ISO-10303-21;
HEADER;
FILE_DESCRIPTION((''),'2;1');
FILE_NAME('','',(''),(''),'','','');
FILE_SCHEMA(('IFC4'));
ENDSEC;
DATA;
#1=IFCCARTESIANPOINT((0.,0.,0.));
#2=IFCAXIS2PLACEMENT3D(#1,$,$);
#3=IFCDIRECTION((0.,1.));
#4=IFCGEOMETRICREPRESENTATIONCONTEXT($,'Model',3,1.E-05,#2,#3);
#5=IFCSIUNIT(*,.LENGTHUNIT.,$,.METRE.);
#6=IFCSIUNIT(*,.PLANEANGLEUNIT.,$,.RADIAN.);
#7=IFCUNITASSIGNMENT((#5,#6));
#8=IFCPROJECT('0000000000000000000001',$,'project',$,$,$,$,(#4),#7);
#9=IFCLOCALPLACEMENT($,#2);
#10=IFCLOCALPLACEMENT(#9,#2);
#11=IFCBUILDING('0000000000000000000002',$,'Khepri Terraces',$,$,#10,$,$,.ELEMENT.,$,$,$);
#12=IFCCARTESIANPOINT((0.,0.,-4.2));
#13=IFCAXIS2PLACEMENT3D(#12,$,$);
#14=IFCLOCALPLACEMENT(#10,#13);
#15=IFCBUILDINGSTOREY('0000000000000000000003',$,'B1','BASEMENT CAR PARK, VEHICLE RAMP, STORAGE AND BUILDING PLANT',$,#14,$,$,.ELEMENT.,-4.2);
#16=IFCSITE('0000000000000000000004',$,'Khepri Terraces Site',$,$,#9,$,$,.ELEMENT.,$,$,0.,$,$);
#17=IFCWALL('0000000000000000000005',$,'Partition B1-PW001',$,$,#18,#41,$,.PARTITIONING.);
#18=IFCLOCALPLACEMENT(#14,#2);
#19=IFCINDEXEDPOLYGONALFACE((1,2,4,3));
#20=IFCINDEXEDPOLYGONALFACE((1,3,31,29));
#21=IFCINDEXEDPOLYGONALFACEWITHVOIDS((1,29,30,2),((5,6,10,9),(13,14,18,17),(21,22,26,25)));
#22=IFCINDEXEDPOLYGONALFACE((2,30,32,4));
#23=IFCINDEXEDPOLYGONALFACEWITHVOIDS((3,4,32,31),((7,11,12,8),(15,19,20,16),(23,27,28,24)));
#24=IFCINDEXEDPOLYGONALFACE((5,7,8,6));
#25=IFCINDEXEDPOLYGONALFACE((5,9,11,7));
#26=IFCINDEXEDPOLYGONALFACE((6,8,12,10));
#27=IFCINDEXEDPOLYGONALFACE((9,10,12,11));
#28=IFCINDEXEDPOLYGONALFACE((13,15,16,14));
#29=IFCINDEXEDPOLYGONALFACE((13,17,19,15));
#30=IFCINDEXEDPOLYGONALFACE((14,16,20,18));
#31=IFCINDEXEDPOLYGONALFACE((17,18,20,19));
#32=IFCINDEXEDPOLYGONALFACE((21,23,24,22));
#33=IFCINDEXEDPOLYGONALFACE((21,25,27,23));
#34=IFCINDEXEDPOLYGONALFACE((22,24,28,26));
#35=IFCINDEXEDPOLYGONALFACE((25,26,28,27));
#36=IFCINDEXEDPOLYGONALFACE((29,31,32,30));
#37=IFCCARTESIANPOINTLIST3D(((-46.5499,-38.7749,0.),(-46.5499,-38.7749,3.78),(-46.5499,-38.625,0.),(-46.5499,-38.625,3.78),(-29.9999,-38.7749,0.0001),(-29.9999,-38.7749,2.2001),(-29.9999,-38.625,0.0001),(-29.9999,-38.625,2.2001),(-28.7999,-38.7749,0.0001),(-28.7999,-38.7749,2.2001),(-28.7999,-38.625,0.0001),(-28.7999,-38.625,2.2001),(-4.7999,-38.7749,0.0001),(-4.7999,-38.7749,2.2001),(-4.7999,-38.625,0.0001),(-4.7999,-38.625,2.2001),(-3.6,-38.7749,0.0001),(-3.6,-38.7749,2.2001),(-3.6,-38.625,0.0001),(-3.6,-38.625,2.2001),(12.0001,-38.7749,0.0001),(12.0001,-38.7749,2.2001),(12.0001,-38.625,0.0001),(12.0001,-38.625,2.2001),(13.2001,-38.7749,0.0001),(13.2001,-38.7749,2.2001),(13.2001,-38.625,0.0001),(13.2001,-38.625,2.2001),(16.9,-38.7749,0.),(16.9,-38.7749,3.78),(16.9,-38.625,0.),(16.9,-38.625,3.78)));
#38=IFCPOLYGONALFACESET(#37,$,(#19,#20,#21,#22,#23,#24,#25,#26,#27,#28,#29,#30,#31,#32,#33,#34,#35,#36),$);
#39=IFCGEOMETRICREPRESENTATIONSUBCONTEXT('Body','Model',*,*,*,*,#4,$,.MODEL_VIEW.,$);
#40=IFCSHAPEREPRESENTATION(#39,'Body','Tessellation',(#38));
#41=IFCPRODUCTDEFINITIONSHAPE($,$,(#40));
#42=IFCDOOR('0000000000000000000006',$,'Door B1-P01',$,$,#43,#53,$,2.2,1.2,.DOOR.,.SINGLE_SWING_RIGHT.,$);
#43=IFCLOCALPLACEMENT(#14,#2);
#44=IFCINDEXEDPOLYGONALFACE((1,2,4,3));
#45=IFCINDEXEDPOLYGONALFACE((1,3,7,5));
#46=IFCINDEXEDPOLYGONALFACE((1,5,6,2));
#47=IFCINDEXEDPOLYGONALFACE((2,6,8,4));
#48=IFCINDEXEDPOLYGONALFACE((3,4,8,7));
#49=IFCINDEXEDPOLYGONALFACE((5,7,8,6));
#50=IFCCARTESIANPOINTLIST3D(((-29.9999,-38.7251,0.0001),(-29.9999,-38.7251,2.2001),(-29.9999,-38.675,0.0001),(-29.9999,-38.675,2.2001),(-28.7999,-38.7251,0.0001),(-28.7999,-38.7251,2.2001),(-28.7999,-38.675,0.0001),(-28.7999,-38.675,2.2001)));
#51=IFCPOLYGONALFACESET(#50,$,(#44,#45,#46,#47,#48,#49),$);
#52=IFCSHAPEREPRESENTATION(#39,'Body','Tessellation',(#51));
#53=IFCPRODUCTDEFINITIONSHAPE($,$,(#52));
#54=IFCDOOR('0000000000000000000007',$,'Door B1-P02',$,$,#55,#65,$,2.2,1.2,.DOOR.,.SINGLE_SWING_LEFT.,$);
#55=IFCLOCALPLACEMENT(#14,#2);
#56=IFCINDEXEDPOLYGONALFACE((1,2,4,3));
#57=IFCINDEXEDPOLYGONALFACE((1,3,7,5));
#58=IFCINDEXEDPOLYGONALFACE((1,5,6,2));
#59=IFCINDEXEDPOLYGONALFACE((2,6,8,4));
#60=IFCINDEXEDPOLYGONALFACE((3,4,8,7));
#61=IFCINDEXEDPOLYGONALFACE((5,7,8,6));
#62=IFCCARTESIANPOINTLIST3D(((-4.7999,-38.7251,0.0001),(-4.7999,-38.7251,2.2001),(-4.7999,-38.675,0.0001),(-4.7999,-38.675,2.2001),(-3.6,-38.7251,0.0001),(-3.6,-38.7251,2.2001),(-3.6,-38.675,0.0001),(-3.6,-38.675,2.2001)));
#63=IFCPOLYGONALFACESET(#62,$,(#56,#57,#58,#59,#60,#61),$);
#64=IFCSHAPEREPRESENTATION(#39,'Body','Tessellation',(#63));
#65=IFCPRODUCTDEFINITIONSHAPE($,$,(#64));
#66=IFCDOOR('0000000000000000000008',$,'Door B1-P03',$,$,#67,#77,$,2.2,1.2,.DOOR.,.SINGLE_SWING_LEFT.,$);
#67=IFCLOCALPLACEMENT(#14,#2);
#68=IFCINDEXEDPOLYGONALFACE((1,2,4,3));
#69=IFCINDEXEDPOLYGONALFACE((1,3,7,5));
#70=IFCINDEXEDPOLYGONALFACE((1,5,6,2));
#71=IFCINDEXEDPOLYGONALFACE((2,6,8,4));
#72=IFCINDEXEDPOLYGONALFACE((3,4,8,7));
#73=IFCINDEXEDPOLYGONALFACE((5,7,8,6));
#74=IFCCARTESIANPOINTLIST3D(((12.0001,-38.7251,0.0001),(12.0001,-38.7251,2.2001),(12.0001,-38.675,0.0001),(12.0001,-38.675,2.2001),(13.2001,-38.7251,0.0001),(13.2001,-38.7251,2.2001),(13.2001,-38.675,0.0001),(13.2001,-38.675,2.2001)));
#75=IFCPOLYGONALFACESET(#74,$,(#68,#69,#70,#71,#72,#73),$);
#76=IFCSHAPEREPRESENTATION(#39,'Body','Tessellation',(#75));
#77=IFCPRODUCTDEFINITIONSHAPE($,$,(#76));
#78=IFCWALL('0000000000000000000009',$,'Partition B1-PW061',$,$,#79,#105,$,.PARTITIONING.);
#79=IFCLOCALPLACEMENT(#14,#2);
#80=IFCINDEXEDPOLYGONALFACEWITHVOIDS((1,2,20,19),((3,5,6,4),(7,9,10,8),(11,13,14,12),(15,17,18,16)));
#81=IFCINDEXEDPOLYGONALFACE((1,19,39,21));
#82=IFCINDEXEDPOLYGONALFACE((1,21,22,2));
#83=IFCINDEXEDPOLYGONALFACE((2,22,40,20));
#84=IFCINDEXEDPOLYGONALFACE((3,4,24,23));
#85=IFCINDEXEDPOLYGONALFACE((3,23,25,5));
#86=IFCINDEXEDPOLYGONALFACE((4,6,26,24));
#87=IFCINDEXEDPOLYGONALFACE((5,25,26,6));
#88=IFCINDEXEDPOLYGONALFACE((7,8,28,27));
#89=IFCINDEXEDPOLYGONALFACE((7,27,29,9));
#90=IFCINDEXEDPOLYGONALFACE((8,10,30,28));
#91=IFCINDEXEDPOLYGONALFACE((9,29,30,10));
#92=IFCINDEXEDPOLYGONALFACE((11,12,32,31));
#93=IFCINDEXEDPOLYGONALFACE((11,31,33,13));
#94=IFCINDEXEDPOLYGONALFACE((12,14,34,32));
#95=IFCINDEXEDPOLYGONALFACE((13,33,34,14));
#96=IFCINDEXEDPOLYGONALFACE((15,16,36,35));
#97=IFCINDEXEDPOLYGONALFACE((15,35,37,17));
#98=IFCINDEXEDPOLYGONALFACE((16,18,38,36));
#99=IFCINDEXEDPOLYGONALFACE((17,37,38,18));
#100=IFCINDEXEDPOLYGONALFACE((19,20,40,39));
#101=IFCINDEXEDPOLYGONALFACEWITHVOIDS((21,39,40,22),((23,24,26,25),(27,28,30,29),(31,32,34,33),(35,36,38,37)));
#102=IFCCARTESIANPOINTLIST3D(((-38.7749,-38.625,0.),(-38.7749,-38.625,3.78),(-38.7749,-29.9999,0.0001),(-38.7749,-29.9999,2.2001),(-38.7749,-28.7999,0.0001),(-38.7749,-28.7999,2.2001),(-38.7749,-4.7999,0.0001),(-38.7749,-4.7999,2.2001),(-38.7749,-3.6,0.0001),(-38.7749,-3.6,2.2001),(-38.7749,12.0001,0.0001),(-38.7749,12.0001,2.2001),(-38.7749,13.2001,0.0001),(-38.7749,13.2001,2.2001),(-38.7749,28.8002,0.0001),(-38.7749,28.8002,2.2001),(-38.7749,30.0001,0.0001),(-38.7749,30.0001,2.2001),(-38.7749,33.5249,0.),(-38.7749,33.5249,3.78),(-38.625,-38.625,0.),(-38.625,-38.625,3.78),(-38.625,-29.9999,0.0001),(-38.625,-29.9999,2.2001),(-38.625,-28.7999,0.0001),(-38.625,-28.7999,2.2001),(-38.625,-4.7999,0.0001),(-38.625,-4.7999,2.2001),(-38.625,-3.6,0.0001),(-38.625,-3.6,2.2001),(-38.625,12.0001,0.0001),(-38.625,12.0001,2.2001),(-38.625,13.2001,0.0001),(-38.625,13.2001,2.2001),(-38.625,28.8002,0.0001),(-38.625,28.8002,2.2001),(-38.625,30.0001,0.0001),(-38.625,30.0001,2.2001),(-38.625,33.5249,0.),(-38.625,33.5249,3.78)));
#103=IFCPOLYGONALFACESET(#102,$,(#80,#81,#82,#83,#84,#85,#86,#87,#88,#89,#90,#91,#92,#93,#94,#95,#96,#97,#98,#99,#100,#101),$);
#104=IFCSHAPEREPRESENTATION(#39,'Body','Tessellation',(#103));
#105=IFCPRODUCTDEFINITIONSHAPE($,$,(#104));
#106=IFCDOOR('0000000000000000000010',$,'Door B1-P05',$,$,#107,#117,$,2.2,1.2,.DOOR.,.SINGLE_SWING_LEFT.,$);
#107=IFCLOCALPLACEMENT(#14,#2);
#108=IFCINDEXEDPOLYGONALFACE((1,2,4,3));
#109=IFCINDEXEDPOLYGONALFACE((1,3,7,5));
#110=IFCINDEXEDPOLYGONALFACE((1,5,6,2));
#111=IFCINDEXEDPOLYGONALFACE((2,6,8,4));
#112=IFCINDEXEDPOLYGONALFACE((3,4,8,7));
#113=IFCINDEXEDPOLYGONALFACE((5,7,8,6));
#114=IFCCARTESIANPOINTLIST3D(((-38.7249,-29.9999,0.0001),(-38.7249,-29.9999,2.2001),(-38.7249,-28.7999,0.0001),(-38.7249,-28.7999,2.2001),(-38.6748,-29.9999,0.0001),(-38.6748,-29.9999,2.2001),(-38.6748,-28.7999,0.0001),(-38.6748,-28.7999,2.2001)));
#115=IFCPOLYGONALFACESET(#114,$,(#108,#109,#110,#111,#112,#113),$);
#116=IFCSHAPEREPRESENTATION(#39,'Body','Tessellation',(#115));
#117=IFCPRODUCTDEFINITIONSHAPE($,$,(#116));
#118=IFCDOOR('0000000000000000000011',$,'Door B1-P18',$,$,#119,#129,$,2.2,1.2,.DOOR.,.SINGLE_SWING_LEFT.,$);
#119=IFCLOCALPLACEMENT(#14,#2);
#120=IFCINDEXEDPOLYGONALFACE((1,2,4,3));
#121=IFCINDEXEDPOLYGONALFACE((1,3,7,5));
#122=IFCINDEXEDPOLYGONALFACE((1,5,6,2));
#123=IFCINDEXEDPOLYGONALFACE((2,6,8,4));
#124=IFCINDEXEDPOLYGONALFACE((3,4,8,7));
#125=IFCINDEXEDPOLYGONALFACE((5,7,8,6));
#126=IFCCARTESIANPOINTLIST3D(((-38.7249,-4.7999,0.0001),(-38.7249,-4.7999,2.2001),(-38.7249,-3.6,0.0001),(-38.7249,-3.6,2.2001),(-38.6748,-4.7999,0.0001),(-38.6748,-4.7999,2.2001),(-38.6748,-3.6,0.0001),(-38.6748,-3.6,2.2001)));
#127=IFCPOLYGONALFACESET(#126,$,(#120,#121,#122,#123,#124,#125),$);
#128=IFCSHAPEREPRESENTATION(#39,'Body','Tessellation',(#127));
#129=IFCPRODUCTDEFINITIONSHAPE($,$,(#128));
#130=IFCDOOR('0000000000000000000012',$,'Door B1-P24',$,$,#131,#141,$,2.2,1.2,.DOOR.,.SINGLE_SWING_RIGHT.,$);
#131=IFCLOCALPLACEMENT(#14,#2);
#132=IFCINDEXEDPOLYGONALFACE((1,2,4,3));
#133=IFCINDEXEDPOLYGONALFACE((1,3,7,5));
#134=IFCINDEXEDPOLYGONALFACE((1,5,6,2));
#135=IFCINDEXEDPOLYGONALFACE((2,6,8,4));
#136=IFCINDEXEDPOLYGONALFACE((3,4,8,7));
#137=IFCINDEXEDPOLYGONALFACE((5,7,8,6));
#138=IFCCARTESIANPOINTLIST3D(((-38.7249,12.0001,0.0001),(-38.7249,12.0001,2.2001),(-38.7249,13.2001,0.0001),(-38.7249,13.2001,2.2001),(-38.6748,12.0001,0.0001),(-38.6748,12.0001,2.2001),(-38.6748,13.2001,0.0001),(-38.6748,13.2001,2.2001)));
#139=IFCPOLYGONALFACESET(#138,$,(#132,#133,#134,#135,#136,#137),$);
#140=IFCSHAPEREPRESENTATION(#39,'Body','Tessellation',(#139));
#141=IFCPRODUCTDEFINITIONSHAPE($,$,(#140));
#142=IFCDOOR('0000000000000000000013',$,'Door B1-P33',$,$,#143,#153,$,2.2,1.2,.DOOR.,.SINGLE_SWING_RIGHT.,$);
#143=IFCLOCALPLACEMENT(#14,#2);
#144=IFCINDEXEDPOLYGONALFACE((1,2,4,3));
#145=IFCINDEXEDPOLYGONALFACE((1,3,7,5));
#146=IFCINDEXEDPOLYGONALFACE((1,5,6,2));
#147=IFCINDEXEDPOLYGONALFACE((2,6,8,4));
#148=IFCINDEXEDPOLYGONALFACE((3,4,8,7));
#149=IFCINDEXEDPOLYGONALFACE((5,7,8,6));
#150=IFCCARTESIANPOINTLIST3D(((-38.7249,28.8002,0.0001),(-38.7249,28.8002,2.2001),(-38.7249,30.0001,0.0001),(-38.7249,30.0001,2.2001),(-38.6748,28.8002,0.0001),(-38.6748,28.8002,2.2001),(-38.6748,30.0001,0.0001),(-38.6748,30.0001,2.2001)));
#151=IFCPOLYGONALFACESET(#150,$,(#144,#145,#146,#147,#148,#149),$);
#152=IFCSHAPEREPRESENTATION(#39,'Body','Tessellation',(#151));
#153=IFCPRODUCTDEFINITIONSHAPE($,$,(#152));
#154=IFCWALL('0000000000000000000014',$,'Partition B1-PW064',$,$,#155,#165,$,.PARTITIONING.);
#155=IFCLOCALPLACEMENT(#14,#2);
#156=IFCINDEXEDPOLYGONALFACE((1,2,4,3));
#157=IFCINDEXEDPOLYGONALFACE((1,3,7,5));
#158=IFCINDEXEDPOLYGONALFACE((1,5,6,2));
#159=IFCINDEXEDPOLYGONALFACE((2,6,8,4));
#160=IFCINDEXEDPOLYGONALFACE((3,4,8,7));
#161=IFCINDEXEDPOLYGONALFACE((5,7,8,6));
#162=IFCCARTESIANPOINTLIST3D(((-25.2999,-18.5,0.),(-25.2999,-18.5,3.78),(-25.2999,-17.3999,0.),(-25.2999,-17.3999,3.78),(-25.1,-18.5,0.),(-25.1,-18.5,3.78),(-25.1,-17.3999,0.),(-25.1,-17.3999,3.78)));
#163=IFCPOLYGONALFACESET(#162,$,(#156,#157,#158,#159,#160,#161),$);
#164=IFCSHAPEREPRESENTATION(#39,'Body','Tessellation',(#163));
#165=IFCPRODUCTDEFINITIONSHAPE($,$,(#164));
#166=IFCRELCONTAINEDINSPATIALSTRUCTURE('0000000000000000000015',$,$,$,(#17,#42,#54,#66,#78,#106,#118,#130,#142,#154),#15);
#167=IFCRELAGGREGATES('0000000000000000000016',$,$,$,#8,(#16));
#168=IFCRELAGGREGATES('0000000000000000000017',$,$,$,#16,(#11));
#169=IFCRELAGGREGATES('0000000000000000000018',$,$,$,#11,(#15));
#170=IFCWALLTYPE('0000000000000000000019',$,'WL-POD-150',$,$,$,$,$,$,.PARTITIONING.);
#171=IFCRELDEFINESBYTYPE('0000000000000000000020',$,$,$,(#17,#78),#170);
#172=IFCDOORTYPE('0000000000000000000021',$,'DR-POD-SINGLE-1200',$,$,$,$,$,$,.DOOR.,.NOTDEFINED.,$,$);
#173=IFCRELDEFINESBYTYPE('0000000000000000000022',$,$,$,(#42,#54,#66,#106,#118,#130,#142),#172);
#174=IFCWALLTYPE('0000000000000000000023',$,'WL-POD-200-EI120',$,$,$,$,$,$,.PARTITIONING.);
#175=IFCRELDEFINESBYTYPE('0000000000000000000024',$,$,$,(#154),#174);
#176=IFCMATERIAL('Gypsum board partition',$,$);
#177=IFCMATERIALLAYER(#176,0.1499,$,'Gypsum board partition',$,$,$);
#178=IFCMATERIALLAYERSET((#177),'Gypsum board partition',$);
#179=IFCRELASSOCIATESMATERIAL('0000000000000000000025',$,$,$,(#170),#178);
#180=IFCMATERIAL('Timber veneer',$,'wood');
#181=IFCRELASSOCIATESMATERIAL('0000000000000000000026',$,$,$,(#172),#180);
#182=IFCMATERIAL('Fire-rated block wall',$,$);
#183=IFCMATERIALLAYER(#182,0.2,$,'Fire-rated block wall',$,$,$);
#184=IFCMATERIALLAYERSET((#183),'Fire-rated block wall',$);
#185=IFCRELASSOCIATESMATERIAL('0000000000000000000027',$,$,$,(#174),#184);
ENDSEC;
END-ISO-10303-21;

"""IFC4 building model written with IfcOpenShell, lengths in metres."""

from ifc_helpers import new_model, si_unit, direction, frame, frame_2d, origin, place, context, subcontext, project, spatial, rectangle, extrude, material, layer, layer_set, type_object, element, fill, save


model = new_model("IFC4")

# Units and contexts
model_context = context("Model", 3, precision=1e-05, world=origin(), true_north=direction((0.0, 1.0)))
body_context = subcontext(model_context, "Body", "Model", "MODEL_VIEW")
ifc_project = project(units=[si_unit("LENGTHUNIT", "METRE"), si_unit("PLANEANGLEUNIT", "RADIAN")], contexts=[model_context])

# Site, building, storey
site_placement = place(None, origin())
site = spatial("IfcSite", under=ifc_project, at=site_placement, Name="Khepri Terraces Site", CompositionType="ELEMENT", RefElevation=0.0)
building_placement = place(site_placement, origin())
building = spatial("IfcBuilding", under=site, at=building_placement, Name="Khepri Terraces", CompositionType="ELEMENT")
storey_placement = place(building_placement, frame((0.0, 0.0, -4.2)))
storey = spatial("IfcBuildingStorey", under=building, at=storey_placement, Name="B1", Description="BASEMENT CAR PARK, VEHICLE RAMP, STORAGE AND BUILDING PLANT", CompositionType="ELEMENT", Elevation=-4.2)

# Walls, openings, doors
ifc_material_1 = material(Name="Gypsum board partition")
ifc_layer_1 = layer(ifc_material_1, 0.1499, Name="Gypsum board partition")
ifc_layer_set_1 = layer_set([ifc_layer_1], Name="Gypsum board partition")
wall_type_1 = type_object("IfcWallType", Name="WL-POD-150", PredefinedType="PARTITIONING", material=ifc_layer_set_1)
wall_1_placement = place(storey_placement, frame((-46.55, -38.7, 0.0), z_axis=(0.0, 0.0, 1.0), x_axis=(1.0, 0.0, 0.0)))
wall_1 = element("IfcWall", 1, at=wall_1_placement, inside=storey, type_object=wall_type_1, Name="Partition B1-PW001", PredefinedType="PARTITIONING", context=body_context, shape_type="SweptSolid", body=[
    extrude(rectangle(XDim=63.45, YDim=0.1499, at=frame_2d((31.7251, 0.0))), origin(), (0.0, 0.0, 1.0), 3.78),
])
opening_1_placement = place(wall_1_placement, frame((16.55, 0.0, 0.0)))
opening_1 = element("IfcOpeningElement", 2, at=opening_1_placement, cuts=wall_1, PredefinedType="OPENING", context=body_context, shape_type="SweptSolid", body=[
    extrude(rectangle(XDim=1.2, YDim=2.2, at=frame_2d((0.6001, 1.1001))), frame((0.0, 0.085, 0.0), z_axis=(0.0, -1.0, 0.0), x_axis=(1.0, 0.0, 0.0)), (0.0, 0.0, 1.0), 0.1699),
])
opening_2_placement = place(wall_1_placement, frame((41.75, 0.0, 0.0)))
opening_2 = element("IfcOpeningElement", 3, at=opening_2_placement, cuts=wall_1, PredefinedType="OPENING", context=body_context, shape_type="SweptSolid", body=[
    extrude(rectangle(XDim=1.2, YDim=2.2, at=frame_2d((0.6001, 1.1001))), frame((0.0, 0.085, 0.0), z_axis=(0.0, -1.0, 0.0), x_axis=(1.0, 0.0, 0.0)), (0.0, 0.0, 1.0), 0.1699),
])
opening_3_placement = place(wall_1_placement, frame((58.55, 0.0, 0.0)))
opening_3 = element("IfcOpeningElement", 4, at=opening_3_placement, cuts=wall_1, PredefinedType="OPENING", context=body_context, shape_type="SweptSolid", body=[
    extrude(rectangle(XDim=1.2, YDim=2.2, at=frame_2d((0.6001, 1.1001))), frame((0.0, 0.085, 0.0), z_axis=(0.0, -1.0, 0.0), x_axis=(1.0, 0.0, 0.0)), (0.0, 0.0, 1.0), 0.1699),
])
ifc_material_2 = material(Name="Timber veneer", Category="wood")
door_type_1 = type_object("IfcDoorType", Name="DR-POD-SINGLE-1200", OperationType="NOTDEFINED", PredefinedType="DOOR", material=ifc_material_2)
door_1_placement = place(opening_1_placement, origin())
door_1 = element("IfcDoor", 5, at=door_1_placement, inside=storey, type_object=door_type_1, Name="Door B1-P01", OperationType="SINGLE_SWING_RIGHT", OverallHeight=2.2, OverallWidth=1.2, PredefinedType="DOOR", context=body_context, shape_type="SweptSolid", body=[
    extrude(rectangle(XDim=1.2, YDim=2.2, at=frame_2d((0.6001, 1.1001))), frame((0.0, 0.0249, 0.0), z_axis=(0.0, -1.0, 0.0), x_axis=(1.0, 0.0, 0.0)), (0.0, 0.0, 1.0), 0.05),
])
fill(opening_1, door_1)
door_2_placement = place(opening_2_placement, origin())
door_2 = element("IfcDoor", 6, at=door_2_placement, inside=storey, type_object=door_type_1, Name="Door B1-P02", OperationType="SINGLE_SWING_LEFT", OverallHeight=2.2, OverallWidth=1.2, PredefinedType="DOOR", context=body_context, shape_type="SweptSolid", body=[
    extrude(rectangle(XDim=1.2, YDim=2.2, at=frame_2d((0.6001, 1.1001))), frame((0.0, 0.0249, 0.0), z_axis=(0.0, -1.0, 0.0), x_axis=(1.0, 0.0, 0.0)), (0.0, 0.0, 1.0), 0.05),
])
fill(opening_2, door_2)
door_3_placement = place(opening_3_placement, origin())
door_3 = element("IfcDoor", 7, at=door_3_placement, inside=storey, type_object=door_type_1, Name="Door B1-P03", OperationType="SINGLE_SWING_LEFT", OverallHeight=2.2, OverallWidth=1.2, PredefinedType="DOOR", context=body_context, shape_type="SweptSolid", body=[
    extrude(rectangle(XDim=1.2, YDim=2.2, at=frame_2d((0.6001, 1.1001))), frame((0.0, 0.0249, 0.0), z_axis=(0.0, -1.0, 0.0), x_axis=(1.0, 0.0, 0.0)), (0.0, 0.0, 1.0), 0.05),
])
fill(opening_3, door_3)
wall_2_placement = place(storey_placement, frame((-38.7, -38.625, 0.0), z_axis=(0.0, 0.0, 1.0), x_axis=(0.0, 1.0, 0.0)))
wall_2 = element("IfcWall", 8, at=wall_2_placement, inside=storey, type_object=wall_type_1, Name="Partition B1-PW061", PredefinedType="PARTITIONING", context=body_context, shape_type="SweptSolid", body=[
    extrude(rectangle(XDim=72.1499, YDim=0.1499, at=frame_2d((36.075, 0.0))), origin(), (0.0, 0.0, 1.0), 3.78),
])
opening_4_placement = place(wall_2_placement, frame((8.625, 0.0, 0.0)))
opening_4 = element("IfcOpeningElement", 9, at=opening_4_placement, cuts=wall_2, PredefinedType="OPENING", context=body_context, shape_type="SweptSolid", body=[
    extrude(rectangle(XDim=1.2, YDim=2.2, at=frame_2d((0.6001, 1.1001))), frame((0.0, 0.085, 0.0), z_axis=(0.0, -1.0, 0.0), x_axis=(1.0, 0.0, 0.0)), (0.0, 0.0, 1.0), 0.1699),
])
opening_5_placement = place(wall_2_placement, frame((33.825, 0.0, 0.0)))
opening_5 = element("IfcOpeningElement", 10, at=opening_5_placement, cuts=wall_2, PredefinedType="OPENING", context=body_context, shape_type="SweptSolid", body=[
    extrude(rectangle(XDim=1.2, YDim=2.2, at=frame_2d((0.6001, 1.1001))), frame((0.0, 0.085, 0.0), z_axis=(0.0, -1.0, 0.0), x_axis=(1.0, 0.0, 0.0)), (0.0, 0.0, 1.0), 0.1699),
])
opening_6_placement = place(wall_2_placement, frame((50.625, 0.0, 0.0)))
opening_6 = element("IfcOpeningElement", 11, at=opening_6_placement, cuts=wall_2, PredefinedType="OPENING", context=body_context, shape_type="SweptSolid", body=[
    extrude(rectangle(XDim=1.2, YDim=2.2, at=frame_2d((0.6001, 1.1001))), frame((0.0, 0.085, 0.0), z_axis=(0.0, -1.0, 0.0), x_axis=(1.0, 0.0, 0.0)), (0.0, 0.0, 1.0), 0.1699),
])
opening_7_placement = place(wall_2_placement, frame((67.425, 0.0, 0.0)))
opening_7 = element("IfcOpeningElement", 12, at=opening_7_placement, cuts=wall_2, PredefinedType="OPENING", context=body_context, shape_type="SweptSolid", body=[
    extrude(rectangle(XDim=1.2, YDim=2.2, at=frame_2d((0.6001, 1.1001))), frame((0.0, 0.085, 0.0), z_axis=(0.0, -1.0, 0.0), x_axis=(1.0, 0.0, 0.0)), (0.0, 0.0, 1.0), 0.1699),
])
door_4_placement = place(opening_4_placement, origin())
door_4 = element("IfcDoor", 13, at=door_4_placement, inside=storey, type_object=door_type_1, Name="Door B1-P05", OperationType="SINGLE_SWING_LEFT", OverallHeight=2.2, OverallWidth=1.2, PredefinedType="DOOR", context=body_context, shape_type="SweptSolid", body=[
    extrude(rectangle(XDim=1.2, YDim=2.2, at=frame_2d((0.6001, 1.1001))), frame((0.0, 0.0249, 0.0), z_axis=(0.0, -1.0, 0.0), x_axis=(1.0, 0.0, 0.0)), (0.0, 0.0, 1.0), 0.05),
])
fill(opening_4, door_4)
door_5_placement = place(opening_5_placement, origin())
door_5 = element("IfcDoor", 14, at=door_5_placement, inside=storey, type_object=door_type_1, Name="Door B1-P18", OperationType="SINGLE_SWING_LEFT", OverallHeight=2.2, OverallWidth=1.2, PredefinedType="DOOR", context=body_context, shape_type="SweptSolid", body=[
    extrude(rectangle(XDim=1.2, YDim=2.2, at=frame_2d((0.6001, 1.1001))), frame((0.0, 0.0249, 0.0), z_axis=(0.0, -1.0, 0.0), x_axis=(1.0, 0.0, 0.0)), (0.0, 0.0, 1.0), 0.05),
])
fill(opening_5, door_5)
door_6_placement = place(opening_6_placement, origin())
door_6 = element("IfcDoor", 15, at=door_6_placement, inside=storey, type_object=door_type_1, Name="Door B1-P24", OperationType="SINGLE_SWING_RIGHT", OverallHeight=2.2, OverallWidth=1.2, PredefinedType="DOOR", context=body_context, shape_type="SweptSolid", body=[
    extrude(rectangle(XDim=1.2, YDim=2.2, at=frame_2d((0.6001, 1.1001))), frame((0.0, 0.0249, 0.0), z_axis=(0.0, -1.0, 0.0), x_axis=(1.0, 0.0, 0.0)), (0.0, 0.0, 1.0), 0.05),
])
fill(opening_6, door_6)
door_7_placement = place(opening_7_placement, origin())
door_7 = element("IfcDoor", 16, at=door_7_placement, inside=storey, type_object=door_type_1, Name="Door B1-P33", OperationType="SINGLE_SWING_RIGHT", OverallHeight=2.2, OverallWidth=1.2, PredefinedType="DOOR", context=body_context, shape_type="SweptSolid", body=[
    extrude(rectangle(XDim=1.2, YDim=2.2, at=frame_2d((0.6001, 1.1001))), frame((0.0, 0.0249, 0.0), z_axis=(0.0, -1.0, 0.0), x_axis=(1.0, 0.0, 0.0)), (0.0, 0.0, 1.0), 0.05),
])
fill(opening_7, door_7)

# Wall
ifc_material_3 = material(Name="Fire-rated block wall")
ifc_layer_2 = layer(ifc_material_3, 0.2, Name="Fire-rated block wall")
ifc_layer_set_2 = layer_set([ifc_layer_2], Name="Fire-rated block wall")
wall_type_2 = type_object("IfcWallType", Name="WL-POD-200-EI120", PredefinedType="PARTITIONING", material=ifc_layer_set_2)
wall_3_placement = place(storey_placement, frame((-25.2, -18.5, 0.0), z_axis=(0.0, 0.0, 1.0), x_axis=(0.0, 1.0, 0.0)))
element("IfcWall", 17, at=wall_3_placement, inside=storey, type_object=wall_type_2, Name="Partition B1-PW064", PredefinedType="PARTITIONING", context=body_context, shape_type="SweptSolid", body=[
    extrude(rectangle(XDim=1.1001, YDim=0.2, at=frame_2d((0.55, 0.0))), origin(), (0.0, 0.0, 1.0), 3.78),
])

save(model, "model.ifc")
